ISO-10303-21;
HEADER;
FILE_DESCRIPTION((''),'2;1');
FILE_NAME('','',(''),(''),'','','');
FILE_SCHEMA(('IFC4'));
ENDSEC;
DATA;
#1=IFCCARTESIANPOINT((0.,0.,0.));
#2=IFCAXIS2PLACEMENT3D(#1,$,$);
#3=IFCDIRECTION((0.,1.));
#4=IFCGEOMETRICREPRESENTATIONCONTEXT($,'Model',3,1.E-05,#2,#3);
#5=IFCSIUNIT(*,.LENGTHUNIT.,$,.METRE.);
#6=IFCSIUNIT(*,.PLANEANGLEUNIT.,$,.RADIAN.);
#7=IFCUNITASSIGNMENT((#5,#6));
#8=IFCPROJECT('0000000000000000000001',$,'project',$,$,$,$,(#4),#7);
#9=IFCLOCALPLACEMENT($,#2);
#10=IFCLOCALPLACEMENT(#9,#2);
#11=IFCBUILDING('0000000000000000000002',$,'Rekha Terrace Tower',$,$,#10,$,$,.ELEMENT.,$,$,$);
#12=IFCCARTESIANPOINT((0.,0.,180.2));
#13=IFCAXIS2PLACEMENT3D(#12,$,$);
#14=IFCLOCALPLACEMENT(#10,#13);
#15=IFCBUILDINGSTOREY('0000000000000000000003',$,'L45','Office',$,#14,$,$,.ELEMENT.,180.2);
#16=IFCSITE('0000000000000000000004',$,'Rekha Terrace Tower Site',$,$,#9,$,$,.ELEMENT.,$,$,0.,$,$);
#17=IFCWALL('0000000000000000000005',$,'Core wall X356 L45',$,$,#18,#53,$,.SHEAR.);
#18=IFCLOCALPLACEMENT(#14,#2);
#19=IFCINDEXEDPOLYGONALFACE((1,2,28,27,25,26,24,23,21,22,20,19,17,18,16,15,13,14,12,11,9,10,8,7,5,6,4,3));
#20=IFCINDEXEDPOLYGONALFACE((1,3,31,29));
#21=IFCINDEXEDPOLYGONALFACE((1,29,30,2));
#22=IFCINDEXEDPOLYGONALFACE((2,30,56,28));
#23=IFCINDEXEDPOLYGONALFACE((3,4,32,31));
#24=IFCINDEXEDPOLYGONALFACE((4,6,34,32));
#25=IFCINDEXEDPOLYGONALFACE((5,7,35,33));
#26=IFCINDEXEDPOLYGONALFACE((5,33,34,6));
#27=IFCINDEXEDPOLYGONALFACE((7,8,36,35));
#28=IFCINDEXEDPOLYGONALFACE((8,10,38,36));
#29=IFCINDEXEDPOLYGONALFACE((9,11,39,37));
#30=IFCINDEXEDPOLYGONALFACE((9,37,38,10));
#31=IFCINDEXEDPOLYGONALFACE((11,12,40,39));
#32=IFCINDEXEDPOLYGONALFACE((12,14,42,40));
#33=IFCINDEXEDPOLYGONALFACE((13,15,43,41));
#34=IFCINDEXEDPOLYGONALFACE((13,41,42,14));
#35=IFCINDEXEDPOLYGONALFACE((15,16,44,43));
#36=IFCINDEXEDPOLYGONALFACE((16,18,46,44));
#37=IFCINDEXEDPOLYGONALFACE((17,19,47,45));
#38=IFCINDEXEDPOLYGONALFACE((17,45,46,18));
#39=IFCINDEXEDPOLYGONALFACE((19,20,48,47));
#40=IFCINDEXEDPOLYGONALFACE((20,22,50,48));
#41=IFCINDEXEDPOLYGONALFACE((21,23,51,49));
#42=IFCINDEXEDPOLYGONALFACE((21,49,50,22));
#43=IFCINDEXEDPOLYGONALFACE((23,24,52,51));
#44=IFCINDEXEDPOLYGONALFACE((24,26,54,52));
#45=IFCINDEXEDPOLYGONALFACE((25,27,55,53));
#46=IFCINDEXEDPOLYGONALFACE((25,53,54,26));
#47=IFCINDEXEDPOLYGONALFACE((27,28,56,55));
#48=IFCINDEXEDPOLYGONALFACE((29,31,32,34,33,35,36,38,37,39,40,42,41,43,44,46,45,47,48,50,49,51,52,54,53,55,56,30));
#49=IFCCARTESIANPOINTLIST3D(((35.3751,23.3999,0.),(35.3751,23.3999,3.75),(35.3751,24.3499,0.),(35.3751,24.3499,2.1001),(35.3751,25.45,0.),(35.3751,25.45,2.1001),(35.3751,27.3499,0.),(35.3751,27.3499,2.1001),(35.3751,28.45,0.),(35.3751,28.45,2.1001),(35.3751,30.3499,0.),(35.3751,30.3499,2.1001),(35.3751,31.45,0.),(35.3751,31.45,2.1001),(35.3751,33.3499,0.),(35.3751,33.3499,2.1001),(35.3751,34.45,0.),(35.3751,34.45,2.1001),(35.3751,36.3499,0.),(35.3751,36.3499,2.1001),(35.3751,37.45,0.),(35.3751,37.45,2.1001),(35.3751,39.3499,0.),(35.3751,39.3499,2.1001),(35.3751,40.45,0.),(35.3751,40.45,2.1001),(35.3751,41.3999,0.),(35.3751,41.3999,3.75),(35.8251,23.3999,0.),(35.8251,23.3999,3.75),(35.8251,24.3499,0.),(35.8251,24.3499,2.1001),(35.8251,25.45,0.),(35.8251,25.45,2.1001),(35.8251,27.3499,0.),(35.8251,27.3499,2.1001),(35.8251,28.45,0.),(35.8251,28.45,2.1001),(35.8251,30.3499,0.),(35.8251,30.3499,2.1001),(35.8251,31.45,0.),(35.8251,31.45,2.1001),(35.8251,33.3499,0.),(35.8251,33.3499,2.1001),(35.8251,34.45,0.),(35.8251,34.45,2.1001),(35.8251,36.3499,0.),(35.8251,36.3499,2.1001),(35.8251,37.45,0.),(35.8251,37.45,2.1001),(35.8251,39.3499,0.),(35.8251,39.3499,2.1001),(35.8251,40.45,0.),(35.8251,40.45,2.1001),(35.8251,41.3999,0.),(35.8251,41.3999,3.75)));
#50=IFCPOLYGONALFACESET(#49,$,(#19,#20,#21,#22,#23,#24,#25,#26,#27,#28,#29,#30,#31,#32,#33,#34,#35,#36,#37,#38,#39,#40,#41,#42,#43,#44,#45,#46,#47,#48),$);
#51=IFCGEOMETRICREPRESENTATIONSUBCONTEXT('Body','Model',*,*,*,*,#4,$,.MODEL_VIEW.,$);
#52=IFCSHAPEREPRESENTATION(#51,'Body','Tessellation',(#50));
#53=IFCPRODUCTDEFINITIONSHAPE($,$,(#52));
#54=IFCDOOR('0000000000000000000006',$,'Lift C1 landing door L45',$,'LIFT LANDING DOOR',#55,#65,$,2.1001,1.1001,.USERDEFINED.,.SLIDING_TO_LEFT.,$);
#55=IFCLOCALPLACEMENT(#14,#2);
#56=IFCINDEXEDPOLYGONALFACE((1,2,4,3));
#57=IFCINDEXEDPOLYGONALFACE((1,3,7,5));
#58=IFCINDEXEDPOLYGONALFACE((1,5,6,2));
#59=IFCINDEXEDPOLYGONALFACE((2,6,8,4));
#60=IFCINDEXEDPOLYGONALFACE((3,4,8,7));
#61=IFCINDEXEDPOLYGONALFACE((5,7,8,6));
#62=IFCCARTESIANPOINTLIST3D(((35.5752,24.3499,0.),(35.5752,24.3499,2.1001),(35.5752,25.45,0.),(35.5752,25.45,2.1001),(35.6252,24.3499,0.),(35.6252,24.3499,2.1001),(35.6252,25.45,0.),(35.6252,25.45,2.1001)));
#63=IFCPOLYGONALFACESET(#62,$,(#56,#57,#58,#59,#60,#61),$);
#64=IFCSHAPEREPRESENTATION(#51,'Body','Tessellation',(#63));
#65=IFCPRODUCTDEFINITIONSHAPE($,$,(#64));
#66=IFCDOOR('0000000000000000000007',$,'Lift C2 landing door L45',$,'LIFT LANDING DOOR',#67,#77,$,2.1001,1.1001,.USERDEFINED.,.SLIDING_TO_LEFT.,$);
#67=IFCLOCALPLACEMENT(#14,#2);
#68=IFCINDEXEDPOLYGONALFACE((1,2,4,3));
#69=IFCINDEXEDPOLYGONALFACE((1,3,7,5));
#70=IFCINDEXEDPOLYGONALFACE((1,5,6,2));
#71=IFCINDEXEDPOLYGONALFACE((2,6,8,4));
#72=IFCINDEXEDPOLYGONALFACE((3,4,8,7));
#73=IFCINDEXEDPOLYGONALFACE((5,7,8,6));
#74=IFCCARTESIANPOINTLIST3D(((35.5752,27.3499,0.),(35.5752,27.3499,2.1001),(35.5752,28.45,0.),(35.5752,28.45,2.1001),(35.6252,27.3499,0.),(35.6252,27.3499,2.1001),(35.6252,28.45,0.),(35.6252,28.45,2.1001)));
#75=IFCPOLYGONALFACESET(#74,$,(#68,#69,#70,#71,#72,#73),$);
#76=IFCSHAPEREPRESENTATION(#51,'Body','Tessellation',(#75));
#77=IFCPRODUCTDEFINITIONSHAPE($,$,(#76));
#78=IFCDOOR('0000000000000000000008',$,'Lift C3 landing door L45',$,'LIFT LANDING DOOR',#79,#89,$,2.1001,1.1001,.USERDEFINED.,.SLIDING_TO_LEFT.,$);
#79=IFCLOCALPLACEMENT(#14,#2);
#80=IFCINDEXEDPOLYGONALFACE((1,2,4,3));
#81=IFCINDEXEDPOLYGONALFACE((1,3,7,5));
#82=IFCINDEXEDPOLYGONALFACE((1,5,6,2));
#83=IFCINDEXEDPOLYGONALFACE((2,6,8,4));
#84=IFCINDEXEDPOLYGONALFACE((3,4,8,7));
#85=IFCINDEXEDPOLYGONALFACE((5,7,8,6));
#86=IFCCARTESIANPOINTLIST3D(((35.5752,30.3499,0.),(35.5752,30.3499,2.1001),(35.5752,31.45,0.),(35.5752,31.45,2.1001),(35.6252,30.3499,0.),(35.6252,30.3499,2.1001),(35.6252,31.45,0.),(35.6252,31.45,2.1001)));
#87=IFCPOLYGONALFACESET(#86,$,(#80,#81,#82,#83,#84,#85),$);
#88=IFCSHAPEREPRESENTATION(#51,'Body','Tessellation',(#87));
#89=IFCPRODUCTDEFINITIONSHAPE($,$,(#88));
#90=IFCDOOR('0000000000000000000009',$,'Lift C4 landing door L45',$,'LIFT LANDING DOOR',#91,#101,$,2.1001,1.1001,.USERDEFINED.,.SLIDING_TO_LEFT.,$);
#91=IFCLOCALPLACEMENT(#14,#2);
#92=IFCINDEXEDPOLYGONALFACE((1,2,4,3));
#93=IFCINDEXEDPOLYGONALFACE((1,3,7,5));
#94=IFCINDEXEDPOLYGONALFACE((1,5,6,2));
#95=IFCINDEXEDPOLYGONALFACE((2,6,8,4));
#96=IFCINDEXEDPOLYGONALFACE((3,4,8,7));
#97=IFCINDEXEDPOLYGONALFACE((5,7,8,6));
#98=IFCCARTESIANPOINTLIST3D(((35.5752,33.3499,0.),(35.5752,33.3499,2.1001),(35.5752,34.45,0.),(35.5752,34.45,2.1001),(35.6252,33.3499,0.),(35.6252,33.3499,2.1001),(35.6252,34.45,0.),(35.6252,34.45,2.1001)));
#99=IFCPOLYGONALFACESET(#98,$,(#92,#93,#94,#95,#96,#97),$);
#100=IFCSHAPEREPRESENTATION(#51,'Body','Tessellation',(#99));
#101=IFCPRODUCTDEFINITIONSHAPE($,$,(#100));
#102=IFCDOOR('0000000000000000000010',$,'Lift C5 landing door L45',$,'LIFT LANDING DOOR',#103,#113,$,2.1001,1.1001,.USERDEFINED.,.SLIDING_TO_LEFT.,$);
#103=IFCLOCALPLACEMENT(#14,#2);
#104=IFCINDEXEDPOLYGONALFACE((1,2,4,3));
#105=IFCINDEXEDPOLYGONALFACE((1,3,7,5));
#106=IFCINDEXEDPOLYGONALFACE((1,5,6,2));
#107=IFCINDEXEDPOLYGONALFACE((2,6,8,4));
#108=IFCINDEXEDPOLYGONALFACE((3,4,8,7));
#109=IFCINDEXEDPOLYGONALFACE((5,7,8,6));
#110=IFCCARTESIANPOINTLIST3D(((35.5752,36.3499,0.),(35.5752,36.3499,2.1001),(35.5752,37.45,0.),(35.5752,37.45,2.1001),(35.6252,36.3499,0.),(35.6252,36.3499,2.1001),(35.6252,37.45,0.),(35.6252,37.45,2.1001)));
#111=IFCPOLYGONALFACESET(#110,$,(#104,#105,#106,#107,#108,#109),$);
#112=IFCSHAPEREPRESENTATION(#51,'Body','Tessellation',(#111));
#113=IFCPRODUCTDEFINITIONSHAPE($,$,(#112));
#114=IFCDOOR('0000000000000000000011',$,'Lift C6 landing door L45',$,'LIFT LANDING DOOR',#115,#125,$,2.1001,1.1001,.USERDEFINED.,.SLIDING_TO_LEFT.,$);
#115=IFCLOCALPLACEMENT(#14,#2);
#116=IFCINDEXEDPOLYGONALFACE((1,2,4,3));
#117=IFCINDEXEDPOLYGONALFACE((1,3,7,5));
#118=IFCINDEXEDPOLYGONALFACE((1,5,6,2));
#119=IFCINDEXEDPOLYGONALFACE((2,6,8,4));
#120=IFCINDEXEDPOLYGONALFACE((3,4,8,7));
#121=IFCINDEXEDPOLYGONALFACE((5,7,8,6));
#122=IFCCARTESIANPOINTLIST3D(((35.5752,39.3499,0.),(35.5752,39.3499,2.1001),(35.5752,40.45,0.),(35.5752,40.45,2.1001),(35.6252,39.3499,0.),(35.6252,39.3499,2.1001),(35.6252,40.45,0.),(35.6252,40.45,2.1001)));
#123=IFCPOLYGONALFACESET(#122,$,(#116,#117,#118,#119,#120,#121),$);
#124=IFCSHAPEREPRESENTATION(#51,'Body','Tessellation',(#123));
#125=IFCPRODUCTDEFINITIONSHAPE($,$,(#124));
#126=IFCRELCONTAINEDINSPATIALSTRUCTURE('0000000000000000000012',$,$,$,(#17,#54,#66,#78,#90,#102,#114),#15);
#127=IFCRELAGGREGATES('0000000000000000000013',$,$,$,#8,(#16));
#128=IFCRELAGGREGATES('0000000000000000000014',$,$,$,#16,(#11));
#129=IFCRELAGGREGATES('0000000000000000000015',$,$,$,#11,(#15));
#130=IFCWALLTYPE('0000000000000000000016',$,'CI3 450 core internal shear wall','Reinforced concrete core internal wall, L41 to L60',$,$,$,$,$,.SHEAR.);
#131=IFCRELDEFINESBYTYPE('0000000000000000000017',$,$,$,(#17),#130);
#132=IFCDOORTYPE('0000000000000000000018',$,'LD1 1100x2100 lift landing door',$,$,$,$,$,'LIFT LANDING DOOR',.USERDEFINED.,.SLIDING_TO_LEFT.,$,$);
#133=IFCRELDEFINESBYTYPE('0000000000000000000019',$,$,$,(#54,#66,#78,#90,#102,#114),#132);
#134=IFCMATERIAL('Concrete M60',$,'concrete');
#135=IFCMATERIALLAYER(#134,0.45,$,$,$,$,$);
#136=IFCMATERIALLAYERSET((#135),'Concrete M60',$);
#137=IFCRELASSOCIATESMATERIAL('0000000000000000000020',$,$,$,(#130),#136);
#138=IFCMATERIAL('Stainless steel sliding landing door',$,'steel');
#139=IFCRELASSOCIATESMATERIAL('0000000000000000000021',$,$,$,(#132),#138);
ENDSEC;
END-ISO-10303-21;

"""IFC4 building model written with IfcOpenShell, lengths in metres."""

from ifc_helpers import new_model, si_unit, direction, frame, frame_2d, origin, place, context, subcontext, project, spatial, rectangle, extrude, material, layer, layer_set, type_object, element, fill, save


model = new_model("IFC4")

# Units and contexts
model_context = context("Model", 3, precision=1e-05, world=origin(), true_north=direction((0.0, 1.0)))
body_context = subcontext(model_context, "Body", "Model", "MODEL_VIEW")
ifc_project = project(units=[si_unit("LENGTHUNIT", "METRE"), si_unit("PLANEANGLEUNIT", "RADIAN")], contexts=[model_context])

# Site, building, storey
site_placement = place(None, origin())
site = spatial("IfcSite", under=ifc_project, at=site_placement, Name="Rekha Terrace Tower Site", CompositionType="ELEMENT", RefElevation=0.0)
building_placement = place(site_placement, origin())
building = spatial("IfcBuilding", under=site, at=building_placement, Name="Rekha Terrace Tower", CompositionType="ELEMENT")
storey_placement = place(building_placement, frame((0.0, 0.0, 180.2)))
storey = spatial("IfcBuildingStorey", under=building, at=storey_placement, Name="L45", Description="Office", CompositionType="ELEMENT", Elevation=180.2)

# Shared definitions
ifc_material_1 = material(Name="Concrete M60", Category="concrete")

# Wall, openings, doors
ifc_layer_1 = layer(ifc_material_1, 0.45)
ifc_layer_set_1 = layer_set([ifc_layer_1], Name="Concrete M60")
wall_type_1 = type_object("IfcWallType", Name="CI3 450 core internal shear wall", Description="Reinforced concrete core internal wall, L41 to L60", PredefinedType="SHEAR", material=ifc_layer_set_1)
wall_1_placement = place(storey_placement, frame((35.6001, 23.3999, 0.0), z_axis=(0.0, 0.0, 1.0), x_axis=(0.0, 1.0, 0.0)))
wall_1 = element("IfcWall", 1, at=wall_1_placement, inside=storey, type_object=wall_type_1, Name="Core wall X356 L45", PredefinedType="SHEAR", context=body_context, shape_type="SweptSolid", body=[
    extrude(rectangle(XDim=18.0, YDim=0.45, at=frame_2d((9.0, 0.0))), origin(), (0.0, 0.0, 1.0), 3.75),
])
opening_1_placement = place(wall_1_placement, frame((0.95, 0.0, 0.0)))
opening_1 = element("IfcOpeningElement", 2, at=opening_1_placement, cuts=wall_1, PredefinedType="OPENING", context=body_context, shape_type="SweptSolid", body=[
    extrude(rectangle(XDim=1.1001, YDim=2.1001, at=frame_2d((0.55, 1.05))), frame((0.0, 0.2349, 0.0), z_axis=(0.0, -1.0, 0.0), x_axis=(1.0, 0.0, 0.0)), (0.0, 0.0, 1.0), 0.47),
])
opening_2_placement = place(wall_1_placement, frame((3.95, 0.0, 0.0)))
opening_2 = element("IfcOpeningElement", 3, at=opening_2_placement, cuts=wall_1, PredefinedType="OPENING", context=body_context, shape_type="SweptSolid", body=[
    extrude(rectangle(XDim=1.1001, YDim=2.1001, at=frame_2d((0.55, 1.05))), frame((0.0, 0.2349, 0.0), z_axis=(0.0, -1.0, 0.0), x_axis=(1.0, 0.0, 0.0)), (0.0, 0.0, 1.0), 0.47),
])
opening_3_placement = place(wall_1_placement, frame((6.95, 0.0, 0.0)))
opening_3 = element("IfcOpeningElement", 4, at=opening_3_placement, cuts=wall_1, PredefinedType="OPENING", context=body_context, shape_type="SweptSolid", body=[
    extrude(rectangle(XDim=1.1001, YDim=2.1001, at=frame_2d((0.55, 1.05))), frame((0.0, 0.2349, 0.0), z_axis=(0.0, -1.0, 0.0), x_axis=(1.0, 0.0, 0.0)), (0.0, 0.0, 1.0), 0.47),
])
opening_4_placement = place(wall_1_placement, frame((9.95, 0.0, 0.0)))
opening_4 = element("IfcOpeningElement", 5, at=opening_4_placement, cuts=wall_1, PredefinedType="OPENING", context=body_context, shape_type="SweptSolid", body=[
    extrude(rectangle(XDim=1.1001, YDim=2.1001, at=frame_2d((0.55, 1.05))), frame((0.0, 0.2349, 0.0), z_axis=(0.0, -1.0, 0.0), x_axis=(1.0, 0.0, 0.0)), (0.0, 0.0, 1.0), 0.47),
])
opening_5_placement = place(wall_1_placement, frame((12.95, 0.0, 0.0)))
opening_5 = element("IfcOpeningElement", 6, at=opening_5_placement, cuts=wall_1, PredefinedType="OPENING", context=body_context, shape_type="SweptSolid", body=[
    extrude(rectangle(XDim=1.1001, YDim=2.1001, at=frame_2d((0.55, 1.05))), frame((0.0, 0.2349, 0.0), z_axis=(0.0, -1.0, 0.0), x_axis=(1.0, 0.0, 0.0)), (0.0, 0.0, 1.0), 0.47),
])
opening_6_placement = place(wall_1_placement, frame((15.95, 0.0, 0.0)))
opening_6 = element("IfcOpeningElement", 7, at=opening_6_placement, cuts=wall_1, PredefinedType="OPENING", context=body_context, shape_type="SweptSolid", body=[
    extrude(rectangle(XDim=1.1001, YDim=2.1001, at=frame_2d((0.55, 1.05))), frame((0.0, 0.2349, 0.0), z_axis=(0.0, -1.0, 0.0), x_axis=(1.0, 0.0, 0.0)), (0.0, 0.0, 1.0), 0.47),
])
ifc_material_2 = material(Name="Stainless steel sliding landing door", Category="steel")
door_type_1 = type_object("IfcDoorType", Name="LD1 1100x2100 lift landing door", ElementType="LIFT LANDING DOOR", OperationType="SLIDING_TO_LEFT", PredefinedType="USERDEFINED", material=ifc_material_2)
door_1_placement = place(opening_1_placement, origin())
door_1 = element("IfcDoor", 8, at=door_1_placement, inside=storey, type_object=door_type_1, Name="Lift C1 landing door L45", ObjectType="LIFT LANDING DOOR", OperationType="SLIDING_TO_LEFT", OverallHeight=2.1001, OverallWidth=1.1001, PredefinedType="USERDEFINED", context=body_context, shape_type="SweptSolid", body=[
    extrude(rectangle(XDim=1.1001, YDim=2.1001, at=frame_2d((0.55, 1.05))), frame((0.0, 0.0249, 0.0), z_axis=(0.0, -1.0, 0.0), x_axis=(1.0, 0.0, 0.0)), (0.0, 0.0, 1.0), 0.05),
])
fill(opening_1, door_1)
door_2_placement = place(opening_2_placement, origin())
door_2 = element("IfcDoor", 9, at=door_2_placement, inside=storey, type_object=door_type_1, Name="Lift C2 landing door L45", ObjectType="LIFT LANDING DOOR", OperationType="SLIDING_TO_LEFT", OverallHeight=2.1001, OverallWidth=1.1001, PredefinedType="USERDEFINED", context=body_context, shape_type="SweptSolid", body=[
    extrude(rectangle(XDim=1.1001, YDim=2.1001, at=frame_2d((0.55, 1.05))), frame((0.0, 0.0249, 0.0), z_axis=(0.0, -1.0, 0.0), x_axis=(1.0, 0.0, 0.0)), (0.0, 0.0, 1.0), 0.05),
])
fill(opening_2, door_2)
door_3_placement = place(opening_3_placement, origin())
door_3 = element("IfcDoor", 10, at=door_3_placement, inside=storey, type_object=door_type_1, Name="Lift C3 landing door L45", ObjectType="LIFT LANDING DOOR", OperationType="SLIDING_TO_LEFT", OverallHeight=2.1001, OverallWidth=1.1001, PredefinedType="USERDEFINED", context=body_context, shape_type="SweptSolid", body=[
    extrude(rectangle(XDim=1.1001, YDim=2.1001, at=frame_2d((0.55, 1.05))), frame((0.0, 0.0249, 0.0), z_axis=(0.0, -1.0, 0.0), x_axis=(1.0, 0.0, 0.0)), (0.0, 0.0, 1.0), 0.05),
])
fill(opening_3, door_3)
door_4_placement = place(opening_4_placement, origin())
door_4 = element("IfcDoor", 11, at=door_4_placement, inside=storey, type_object=door_type_1, Name="Lift C4 landing door L45", ObjectType="LIFT LANDING DOOR", OperationType="SLIDING_TO_LEFT", OverallHeight=2.1001, OverallWidth=1.1001, PredefinedType="USERDEFINED", context=body_context, shape_type="SweptSolid", body=[
    extrude(rectangle(XDim=1.1001, YDim=2.1001, at=frame_2d((0.55, 1.05))), frame((0.0, 0.0249, 0.0), z_axis=(0.0, -1.0, 0.0), x_axis=(1.0, 0.0, 0.0)), (0.0, 0.0, 1.0), 0.05),
])
fill(opening_4, door_4)
door_5_placement = place(opening_5_placement, origin())
door_5 = element("IfcDoor", 12, at=door_5_placement, inside=storey, type_object=door_type_1, Name="Lift C5 landing door L45", ObjectType="LIFT LANDING DOOR", OperationType="SLIDING_TO_LEFT", OverallHeight=2.1001, OverallWidth=1.1001, PredefinedType="USERDEFINED", context=body_context, shape_type="SweptSolid", body=[
    extrude(rectangle(XDim=1.1001, YDim=2.1001, at=frame_2d((0.55, 1.05))), frame((0.0, 0.0249, 0.0), z_axis=(0.0, -1.0, 0.0), x_axis=(1.0, 0.0, 0.0)), (0.0, 0.0, 1.0), 0.05),
])
fill(opening_5, door_5)
door_6_placement = place(opening_6_placement, origin())
door_6 = element("IfcDoor", 13, at=door_6_placement, inside=storey, type_object=door_type_1, Name="Lift C6 landing door L45", ObjectType="LIFT LANDING DOOR", OperationType="SLIDING_TO_LEFT", OverallHeight=2.1001, OverallWidth=1.1001, PredefinedType="USERDEFINED", context=body_context, shape_type="SweptSolid", body=[
    extrude(rectangle(XDim=1.1001, YDim=2.1001, at=frame_2d((0.55, 1.05))), frame((0.0, 0.0249, 0.0), z_axis=(0.0, -1.0, 0.0), x_axis=(1.0, 0.0, 0.0)), (0.0, 0.0, 1.0), 0.05),
])
fill(opening_6, door_6)

save(model, "model.ifc")
